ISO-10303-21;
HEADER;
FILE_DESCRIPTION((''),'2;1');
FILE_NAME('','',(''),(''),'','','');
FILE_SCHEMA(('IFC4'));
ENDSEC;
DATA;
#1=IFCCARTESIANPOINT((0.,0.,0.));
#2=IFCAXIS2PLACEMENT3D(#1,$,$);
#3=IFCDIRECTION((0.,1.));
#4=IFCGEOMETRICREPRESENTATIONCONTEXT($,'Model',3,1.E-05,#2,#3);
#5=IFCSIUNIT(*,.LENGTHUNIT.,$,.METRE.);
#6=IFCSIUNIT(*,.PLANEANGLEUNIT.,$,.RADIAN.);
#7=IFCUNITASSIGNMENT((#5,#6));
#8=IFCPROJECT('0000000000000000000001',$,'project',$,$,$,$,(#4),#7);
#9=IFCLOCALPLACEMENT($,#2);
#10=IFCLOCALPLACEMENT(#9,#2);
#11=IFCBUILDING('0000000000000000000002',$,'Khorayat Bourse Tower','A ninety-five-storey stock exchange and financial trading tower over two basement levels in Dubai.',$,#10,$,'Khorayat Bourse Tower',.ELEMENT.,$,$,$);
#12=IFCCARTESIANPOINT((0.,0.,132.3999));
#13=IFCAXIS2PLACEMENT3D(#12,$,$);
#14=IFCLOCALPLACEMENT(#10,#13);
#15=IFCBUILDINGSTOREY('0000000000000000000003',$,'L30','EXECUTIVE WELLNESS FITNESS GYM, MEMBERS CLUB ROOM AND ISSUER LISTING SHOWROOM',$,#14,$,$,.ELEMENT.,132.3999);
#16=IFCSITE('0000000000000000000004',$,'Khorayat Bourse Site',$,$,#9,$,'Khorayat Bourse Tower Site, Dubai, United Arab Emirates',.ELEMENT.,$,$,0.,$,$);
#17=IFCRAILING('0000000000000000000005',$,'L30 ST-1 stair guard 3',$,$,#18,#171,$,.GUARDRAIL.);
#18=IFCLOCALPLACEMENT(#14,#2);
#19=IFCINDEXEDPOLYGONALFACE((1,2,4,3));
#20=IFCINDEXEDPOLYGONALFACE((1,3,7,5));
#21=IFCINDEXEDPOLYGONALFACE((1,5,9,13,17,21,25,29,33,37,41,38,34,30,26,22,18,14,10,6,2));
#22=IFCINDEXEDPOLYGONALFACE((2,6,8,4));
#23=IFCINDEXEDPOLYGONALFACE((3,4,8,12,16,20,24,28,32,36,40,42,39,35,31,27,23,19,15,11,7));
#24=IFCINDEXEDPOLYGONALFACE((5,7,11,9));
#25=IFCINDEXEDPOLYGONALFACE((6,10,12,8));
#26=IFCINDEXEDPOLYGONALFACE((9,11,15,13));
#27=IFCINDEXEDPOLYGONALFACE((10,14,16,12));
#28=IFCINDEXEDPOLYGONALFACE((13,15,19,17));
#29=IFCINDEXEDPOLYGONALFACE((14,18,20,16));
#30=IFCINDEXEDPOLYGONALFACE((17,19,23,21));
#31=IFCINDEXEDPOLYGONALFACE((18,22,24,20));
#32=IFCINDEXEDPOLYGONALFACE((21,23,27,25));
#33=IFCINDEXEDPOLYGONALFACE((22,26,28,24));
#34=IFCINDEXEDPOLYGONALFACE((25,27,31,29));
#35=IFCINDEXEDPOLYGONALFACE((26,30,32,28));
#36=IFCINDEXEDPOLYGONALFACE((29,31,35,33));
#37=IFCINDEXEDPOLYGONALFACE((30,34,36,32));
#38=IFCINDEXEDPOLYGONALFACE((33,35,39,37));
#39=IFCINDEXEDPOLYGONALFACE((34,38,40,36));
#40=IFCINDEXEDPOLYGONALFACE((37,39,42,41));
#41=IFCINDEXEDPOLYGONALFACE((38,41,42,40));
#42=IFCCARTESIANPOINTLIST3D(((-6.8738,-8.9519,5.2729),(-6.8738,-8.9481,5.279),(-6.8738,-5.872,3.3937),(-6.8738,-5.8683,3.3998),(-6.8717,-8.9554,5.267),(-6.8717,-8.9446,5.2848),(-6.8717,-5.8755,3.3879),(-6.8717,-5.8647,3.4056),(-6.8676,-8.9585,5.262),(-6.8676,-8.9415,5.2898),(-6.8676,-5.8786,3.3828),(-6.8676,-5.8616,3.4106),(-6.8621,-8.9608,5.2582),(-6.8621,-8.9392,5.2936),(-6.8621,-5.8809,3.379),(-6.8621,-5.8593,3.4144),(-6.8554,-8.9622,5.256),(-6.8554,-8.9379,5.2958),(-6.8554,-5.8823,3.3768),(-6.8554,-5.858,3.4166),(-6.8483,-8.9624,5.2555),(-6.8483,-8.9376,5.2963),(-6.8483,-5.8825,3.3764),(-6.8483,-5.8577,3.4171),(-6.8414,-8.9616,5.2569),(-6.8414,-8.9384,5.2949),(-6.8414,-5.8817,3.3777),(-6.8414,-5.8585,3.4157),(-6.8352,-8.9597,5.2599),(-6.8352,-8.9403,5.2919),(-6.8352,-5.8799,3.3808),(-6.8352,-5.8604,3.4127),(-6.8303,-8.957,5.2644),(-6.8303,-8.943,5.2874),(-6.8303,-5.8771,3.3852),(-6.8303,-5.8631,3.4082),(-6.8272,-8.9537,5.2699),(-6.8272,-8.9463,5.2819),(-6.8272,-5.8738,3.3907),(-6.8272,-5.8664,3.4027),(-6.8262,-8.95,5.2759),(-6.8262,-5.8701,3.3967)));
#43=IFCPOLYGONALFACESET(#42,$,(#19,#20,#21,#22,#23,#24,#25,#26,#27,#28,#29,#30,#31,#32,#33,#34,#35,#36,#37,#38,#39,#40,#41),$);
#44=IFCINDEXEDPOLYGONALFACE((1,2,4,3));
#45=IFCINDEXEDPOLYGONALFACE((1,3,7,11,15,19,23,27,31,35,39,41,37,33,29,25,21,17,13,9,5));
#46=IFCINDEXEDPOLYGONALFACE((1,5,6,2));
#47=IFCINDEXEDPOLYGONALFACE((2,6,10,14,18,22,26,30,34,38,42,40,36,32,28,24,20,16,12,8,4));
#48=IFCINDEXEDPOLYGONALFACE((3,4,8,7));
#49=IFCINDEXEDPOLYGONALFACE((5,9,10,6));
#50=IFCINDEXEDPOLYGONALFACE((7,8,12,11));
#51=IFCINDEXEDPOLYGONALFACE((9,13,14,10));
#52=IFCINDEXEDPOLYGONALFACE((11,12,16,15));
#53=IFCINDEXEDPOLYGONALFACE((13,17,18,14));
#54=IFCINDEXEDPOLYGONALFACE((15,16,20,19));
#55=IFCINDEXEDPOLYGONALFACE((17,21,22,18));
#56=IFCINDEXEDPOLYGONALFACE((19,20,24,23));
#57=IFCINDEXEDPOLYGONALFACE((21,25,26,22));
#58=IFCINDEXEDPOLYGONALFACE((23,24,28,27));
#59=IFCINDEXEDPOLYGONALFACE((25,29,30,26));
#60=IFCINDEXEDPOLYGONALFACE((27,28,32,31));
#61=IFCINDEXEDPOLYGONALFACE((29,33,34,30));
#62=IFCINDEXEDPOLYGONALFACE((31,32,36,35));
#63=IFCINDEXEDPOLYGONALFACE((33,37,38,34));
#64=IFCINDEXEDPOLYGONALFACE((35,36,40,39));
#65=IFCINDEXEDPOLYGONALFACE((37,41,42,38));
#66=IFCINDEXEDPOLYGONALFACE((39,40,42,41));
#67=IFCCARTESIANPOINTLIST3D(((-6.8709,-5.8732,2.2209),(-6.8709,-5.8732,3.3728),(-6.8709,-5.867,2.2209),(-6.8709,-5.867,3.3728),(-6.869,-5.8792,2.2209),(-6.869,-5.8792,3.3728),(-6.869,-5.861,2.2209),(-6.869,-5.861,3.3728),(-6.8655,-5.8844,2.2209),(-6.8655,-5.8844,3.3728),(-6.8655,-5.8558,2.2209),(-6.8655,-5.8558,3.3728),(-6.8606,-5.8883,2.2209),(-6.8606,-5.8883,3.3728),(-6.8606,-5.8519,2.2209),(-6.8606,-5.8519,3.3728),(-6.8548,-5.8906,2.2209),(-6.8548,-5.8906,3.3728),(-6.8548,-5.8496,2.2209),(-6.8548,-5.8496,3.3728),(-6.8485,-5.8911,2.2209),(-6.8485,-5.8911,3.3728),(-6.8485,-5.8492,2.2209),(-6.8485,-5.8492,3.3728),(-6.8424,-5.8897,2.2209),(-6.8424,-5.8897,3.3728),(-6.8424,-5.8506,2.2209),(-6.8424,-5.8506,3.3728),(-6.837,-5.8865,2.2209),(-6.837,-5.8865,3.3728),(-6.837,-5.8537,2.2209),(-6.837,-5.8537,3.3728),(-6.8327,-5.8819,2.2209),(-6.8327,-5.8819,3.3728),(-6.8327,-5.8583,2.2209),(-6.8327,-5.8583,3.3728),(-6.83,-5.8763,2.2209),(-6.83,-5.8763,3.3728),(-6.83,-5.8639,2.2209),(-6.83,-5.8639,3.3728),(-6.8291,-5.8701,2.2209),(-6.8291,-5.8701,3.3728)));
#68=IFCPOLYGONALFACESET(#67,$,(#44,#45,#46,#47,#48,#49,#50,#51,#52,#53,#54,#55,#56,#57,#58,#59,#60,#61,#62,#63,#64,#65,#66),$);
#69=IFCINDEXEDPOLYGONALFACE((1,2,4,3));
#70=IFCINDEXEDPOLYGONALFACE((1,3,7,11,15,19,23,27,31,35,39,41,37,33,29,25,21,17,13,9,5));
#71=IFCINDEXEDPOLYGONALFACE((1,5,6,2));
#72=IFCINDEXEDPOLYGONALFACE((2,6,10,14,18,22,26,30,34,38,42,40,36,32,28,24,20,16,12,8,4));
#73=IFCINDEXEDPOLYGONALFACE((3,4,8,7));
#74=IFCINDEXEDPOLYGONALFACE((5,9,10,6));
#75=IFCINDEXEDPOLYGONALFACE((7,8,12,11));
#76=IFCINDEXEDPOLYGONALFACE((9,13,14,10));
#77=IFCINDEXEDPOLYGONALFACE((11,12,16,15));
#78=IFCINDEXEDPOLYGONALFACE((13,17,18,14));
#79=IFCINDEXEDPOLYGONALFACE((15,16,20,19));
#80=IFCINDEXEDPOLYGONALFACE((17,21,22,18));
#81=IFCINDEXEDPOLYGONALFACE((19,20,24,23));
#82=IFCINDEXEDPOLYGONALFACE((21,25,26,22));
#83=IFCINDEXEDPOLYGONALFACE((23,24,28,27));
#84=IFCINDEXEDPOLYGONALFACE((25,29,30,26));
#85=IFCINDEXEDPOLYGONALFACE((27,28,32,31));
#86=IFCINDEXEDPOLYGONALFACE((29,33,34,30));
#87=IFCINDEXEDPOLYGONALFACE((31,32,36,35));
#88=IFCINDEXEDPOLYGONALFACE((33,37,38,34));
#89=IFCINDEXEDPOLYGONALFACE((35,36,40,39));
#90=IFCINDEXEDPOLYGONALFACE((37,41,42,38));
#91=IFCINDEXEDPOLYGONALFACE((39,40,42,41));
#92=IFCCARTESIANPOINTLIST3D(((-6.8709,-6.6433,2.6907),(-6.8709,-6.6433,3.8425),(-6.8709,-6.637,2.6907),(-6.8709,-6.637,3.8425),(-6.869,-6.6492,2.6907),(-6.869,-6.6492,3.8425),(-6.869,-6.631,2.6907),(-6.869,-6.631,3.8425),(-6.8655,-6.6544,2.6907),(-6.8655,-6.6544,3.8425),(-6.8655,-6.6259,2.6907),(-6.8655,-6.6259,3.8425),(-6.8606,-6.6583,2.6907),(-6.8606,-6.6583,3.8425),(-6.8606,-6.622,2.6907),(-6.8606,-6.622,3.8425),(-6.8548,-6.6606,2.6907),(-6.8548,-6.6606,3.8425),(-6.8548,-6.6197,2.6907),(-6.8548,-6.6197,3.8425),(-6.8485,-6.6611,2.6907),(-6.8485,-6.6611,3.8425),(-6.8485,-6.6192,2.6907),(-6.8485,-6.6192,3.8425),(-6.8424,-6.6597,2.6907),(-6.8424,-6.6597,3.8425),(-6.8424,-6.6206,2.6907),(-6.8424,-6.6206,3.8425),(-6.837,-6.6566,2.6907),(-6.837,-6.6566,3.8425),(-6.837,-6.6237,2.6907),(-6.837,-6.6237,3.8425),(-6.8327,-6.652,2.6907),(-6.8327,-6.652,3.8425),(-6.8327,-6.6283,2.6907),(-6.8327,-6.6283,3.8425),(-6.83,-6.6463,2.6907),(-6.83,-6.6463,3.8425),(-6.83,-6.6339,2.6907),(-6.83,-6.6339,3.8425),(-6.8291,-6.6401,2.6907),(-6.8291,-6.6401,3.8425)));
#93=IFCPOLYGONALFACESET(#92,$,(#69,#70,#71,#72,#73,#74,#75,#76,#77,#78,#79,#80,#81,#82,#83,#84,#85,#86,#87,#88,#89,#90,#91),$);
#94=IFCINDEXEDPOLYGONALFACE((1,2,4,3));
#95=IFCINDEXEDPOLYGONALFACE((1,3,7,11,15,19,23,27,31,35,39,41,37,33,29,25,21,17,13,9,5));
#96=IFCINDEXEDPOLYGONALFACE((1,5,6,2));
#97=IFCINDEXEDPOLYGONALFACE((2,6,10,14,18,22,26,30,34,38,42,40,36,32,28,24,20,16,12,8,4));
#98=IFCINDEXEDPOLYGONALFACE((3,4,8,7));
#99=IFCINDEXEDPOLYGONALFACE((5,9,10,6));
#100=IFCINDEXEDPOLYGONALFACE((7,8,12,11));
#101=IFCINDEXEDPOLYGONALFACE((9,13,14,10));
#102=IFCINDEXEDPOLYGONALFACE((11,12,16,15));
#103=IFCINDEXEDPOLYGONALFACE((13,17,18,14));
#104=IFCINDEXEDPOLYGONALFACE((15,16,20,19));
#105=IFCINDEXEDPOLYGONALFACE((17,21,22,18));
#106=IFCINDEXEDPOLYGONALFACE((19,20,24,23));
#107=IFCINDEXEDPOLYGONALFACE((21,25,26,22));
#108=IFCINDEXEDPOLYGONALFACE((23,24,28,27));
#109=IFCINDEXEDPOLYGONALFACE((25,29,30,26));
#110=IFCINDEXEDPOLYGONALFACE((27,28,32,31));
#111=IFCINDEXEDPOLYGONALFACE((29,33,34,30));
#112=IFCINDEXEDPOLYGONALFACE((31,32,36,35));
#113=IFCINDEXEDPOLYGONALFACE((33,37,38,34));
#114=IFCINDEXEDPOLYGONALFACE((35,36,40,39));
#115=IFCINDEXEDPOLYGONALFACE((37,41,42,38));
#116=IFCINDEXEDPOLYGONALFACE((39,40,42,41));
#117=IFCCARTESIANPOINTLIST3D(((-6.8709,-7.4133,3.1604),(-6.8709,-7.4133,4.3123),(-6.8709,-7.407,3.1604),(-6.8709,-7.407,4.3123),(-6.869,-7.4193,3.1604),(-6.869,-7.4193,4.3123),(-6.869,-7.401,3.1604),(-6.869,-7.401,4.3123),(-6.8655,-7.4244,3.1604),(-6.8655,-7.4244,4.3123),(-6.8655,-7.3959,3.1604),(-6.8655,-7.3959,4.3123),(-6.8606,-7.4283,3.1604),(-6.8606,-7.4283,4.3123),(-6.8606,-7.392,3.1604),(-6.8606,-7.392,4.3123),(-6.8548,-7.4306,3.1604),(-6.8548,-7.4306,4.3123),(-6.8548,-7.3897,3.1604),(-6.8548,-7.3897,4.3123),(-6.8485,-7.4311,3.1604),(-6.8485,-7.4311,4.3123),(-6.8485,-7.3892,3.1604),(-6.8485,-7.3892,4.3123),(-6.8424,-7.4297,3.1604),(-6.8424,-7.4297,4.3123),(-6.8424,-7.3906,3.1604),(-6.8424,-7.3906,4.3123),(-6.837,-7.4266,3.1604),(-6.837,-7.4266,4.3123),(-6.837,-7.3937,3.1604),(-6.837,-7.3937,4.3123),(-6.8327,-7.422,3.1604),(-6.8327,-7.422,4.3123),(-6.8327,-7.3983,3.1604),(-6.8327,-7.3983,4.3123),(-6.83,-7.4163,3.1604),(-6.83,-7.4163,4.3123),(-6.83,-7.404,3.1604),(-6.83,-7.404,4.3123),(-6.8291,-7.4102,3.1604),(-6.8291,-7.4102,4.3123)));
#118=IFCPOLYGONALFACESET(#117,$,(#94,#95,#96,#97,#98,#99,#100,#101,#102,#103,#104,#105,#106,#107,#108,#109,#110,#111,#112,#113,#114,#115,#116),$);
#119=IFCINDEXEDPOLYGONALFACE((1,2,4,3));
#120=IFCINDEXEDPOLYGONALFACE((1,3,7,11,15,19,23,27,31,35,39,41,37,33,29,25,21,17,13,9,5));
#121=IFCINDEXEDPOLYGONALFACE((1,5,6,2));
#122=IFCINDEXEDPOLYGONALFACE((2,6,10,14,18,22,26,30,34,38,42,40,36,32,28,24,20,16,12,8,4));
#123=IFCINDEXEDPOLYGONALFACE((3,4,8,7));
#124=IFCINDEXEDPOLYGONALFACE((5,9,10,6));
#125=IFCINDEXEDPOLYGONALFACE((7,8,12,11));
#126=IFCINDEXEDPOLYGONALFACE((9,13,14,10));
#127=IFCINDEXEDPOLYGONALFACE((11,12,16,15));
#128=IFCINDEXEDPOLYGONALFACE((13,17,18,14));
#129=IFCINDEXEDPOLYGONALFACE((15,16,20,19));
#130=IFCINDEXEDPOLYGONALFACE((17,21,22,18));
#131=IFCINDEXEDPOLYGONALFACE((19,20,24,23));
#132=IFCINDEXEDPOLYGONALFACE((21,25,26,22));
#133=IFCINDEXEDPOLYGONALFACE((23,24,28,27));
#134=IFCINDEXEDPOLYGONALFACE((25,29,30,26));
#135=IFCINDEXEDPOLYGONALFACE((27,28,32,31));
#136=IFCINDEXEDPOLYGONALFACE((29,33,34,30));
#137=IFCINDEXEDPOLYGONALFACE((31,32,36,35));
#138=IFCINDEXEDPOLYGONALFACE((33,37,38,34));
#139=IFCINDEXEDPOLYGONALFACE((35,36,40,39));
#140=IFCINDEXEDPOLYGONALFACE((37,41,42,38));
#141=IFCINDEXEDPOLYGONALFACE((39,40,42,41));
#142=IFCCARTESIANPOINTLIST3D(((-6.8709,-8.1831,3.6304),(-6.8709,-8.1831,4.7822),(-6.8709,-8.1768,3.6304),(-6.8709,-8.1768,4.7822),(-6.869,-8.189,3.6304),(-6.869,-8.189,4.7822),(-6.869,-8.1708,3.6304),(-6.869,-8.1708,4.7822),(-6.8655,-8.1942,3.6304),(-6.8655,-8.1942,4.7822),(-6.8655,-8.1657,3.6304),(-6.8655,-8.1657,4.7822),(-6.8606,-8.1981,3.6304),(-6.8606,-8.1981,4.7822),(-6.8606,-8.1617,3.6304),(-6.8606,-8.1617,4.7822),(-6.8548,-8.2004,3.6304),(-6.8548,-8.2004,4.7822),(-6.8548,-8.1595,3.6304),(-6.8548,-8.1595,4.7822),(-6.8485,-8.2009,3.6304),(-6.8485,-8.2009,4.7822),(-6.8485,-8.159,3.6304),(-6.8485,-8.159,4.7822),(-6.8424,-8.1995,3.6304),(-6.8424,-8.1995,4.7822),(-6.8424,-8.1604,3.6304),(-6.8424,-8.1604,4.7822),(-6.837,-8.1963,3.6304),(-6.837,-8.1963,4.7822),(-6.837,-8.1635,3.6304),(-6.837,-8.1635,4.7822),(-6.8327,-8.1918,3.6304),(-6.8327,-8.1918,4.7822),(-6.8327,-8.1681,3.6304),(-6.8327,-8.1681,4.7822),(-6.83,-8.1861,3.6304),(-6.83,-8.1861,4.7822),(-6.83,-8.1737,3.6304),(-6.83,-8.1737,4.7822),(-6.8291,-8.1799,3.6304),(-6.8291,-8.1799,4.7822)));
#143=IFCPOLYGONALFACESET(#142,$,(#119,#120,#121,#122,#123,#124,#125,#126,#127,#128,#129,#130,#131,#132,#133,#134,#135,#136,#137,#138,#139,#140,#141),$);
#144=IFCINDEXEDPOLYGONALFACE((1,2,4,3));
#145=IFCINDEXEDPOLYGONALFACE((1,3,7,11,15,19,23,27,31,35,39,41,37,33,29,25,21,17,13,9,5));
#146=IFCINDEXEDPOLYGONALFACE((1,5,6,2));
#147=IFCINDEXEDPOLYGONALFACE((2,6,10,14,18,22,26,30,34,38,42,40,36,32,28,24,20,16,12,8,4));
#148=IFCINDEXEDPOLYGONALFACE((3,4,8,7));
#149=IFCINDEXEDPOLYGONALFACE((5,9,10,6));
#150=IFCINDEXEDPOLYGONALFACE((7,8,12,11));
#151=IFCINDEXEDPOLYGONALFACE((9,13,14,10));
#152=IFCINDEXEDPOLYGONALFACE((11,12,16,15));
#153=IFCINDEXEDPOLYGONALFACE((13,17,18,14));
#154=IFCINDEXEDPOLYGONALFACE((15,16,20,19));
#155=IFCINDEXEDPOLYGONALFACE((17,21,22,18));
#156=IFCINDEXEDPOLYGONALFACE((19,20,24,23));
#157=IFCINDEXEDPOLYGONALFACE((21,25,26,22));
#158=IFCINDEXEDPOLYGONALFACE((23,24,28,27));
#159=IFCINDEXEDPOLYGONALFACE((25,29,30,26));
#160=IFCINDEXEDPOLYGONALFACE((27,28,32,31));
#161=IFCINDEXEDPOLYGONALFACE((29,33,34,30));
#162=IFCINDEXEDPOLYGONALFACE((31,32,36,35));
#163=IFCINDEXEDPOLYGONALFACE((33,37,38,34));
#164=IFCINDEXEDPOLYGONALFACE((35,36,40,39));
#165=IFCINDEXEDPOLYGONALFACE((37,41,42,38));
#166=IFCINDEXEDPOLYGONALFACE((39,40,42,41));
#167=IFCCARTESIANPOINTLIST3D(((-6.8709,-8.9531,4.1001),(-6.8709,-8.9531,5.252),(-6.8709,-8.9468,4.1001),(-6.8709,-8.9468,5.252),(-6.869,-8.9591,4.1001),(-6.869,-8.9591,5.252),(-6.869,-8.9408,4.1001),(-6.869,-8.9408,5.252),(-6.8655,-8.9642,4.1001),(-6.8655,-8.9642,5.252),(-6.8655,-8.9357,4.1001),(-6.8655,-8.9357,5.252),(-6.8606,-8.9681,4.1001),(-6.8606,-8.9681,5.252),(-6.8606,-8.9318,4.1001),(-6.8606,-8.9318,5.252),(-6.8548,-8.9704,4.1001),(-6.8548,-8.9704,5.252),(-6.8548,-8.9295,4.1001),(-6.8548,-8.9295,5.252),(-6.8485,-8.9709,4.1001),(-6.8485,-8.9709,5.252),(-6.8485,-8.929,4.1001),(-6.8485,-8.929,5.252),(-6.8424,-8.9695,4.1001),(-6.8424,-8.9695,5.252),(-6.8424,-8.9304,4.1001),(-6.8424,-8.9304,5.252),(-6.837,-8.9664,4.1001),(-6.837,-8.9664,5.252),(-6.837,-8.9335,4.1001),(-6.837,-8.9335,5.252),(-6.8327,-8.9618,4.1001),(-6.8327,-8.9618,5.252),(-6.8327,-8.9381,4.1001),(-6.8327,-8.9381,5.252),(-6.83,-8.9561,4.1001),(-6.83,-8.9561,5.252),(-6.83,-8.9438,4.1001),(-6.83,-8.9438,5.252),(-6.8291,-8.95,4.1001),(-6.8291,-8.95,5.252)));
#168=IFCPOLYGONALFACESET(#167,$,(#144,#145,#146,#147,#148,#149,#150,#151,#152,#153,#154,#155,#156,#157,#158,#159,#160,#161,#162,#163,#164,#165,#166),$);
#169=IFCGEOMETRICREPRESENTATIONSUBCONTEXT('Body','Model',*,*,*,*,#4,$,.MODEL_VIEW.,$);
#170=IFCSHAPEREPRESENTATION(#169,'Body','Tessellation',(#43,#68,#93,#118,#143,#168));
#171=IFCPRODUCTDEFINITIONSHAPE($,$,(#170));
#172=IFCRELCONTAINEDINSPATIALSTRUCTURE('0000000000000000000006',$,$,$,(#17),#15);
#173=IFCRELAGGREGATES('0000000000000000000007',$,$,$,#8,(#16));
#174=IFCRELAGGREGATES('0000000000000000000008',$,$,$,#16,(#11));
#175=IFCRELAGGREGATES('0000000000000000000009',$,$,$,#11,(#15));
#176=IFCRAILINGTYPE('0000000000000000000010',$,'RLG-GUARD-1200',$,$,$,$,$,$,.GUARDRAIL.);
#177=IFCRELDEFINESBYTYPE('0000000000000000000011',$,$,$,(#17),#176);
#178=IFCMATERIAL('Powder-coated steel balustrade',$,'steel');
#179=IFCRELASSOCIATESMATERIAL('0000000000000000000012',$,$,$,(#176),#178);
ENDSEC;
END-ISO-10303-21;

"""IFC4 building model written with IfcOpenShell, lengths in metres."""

from ifc_helpers import new_model, si_unit, direction, frame, origin, origin_2d, place, context, subcontext, project, spatial, circle, extrude, source, transform, mapped, material, type_object, element, save


model = new_model("IFC4")

# Units and contexts
model_context = context("Model", 3, precision=1e-05, world=origin(), true_north=direction((0.0, 1.0)))
body_context = subcontext(model_context, "Body", "Model", "MODEL_VIEW")
ifc_project = project(units=[si_unit("LENGTHUNIT", "METRE"), si_unit("PLANEANGLEUNIT", "RADIAN")], contexts=[model_context])

# Site, building, storey
site_placement = place(None, origin())
site = spatial("IfcSite", under=ifc_project, at=site_placement, Name="Khorayat Bourse Site", LongName="Khorayat Bourse Tower Site, Dubai, United Arab Emirates", CompositionType="ELEMENT", RefElevation=0.0)
building_placement = place(site_placement, origin())
building = spatial("IfcBuilding", under=site, at=building_placement, Name="Khorayat Bourse Tower", Description="A ninety-five-storey stock exchange and financial trading tower over two basement levels in Dubai.", LongName="Khorayat Bourse Tower", CompositionType="ELEMENT")
storey_placement = place(building_placement, frame((0.0, 0.0, 132.3999)))
storey = spatial("IfcBuildingStorey", under=building, at=storey_placement, Name="L30", Description="EXECUTIVE WELLNESS FITNESS GYM, MEMBERS CLUB ROOM AND ISSUER LISTING SHOWROOM", CompositionType="ELEMENT", Elevation=132.3999)

# Railing
ifc_material_1 = material(Name="Powder-coated steel balustrade", Category="steel")
railing_type_1 = type_object("IfcRailingType", Name="RLG-GUARD-1200", PredefinedType="GUARDRAIL", material=ifc_material_1)
shared_shape_1 = source(origin(), body_context, "Body", "SweptSolid", [
    extrude(circle(Radius=0.0239, at=origin_2d()), frame((0.0, 0.0, 1.1758), z_axis=(0.0, -0.853648, 0.52085), x_axis=(1.0, 0.0, 0.0)), (0.0, 0.0, 1.0), 3.6079),
    extrude(circle(Radius=0.021, at=origin_2d()), origin(), (0.0, 0.0, 1.0), 1.1519),
    extrude(circle(Radius=0.021, at=origin_2d()), frame((0.0, -0.77, 0.4697)), (0.0, 0.0, 1.0), 1.1519),
    extrude(circle(Radius=0.021, at=origin_2d()), frame((0.0, -1.54, 0.9395)), (0.0, 0.0, 1.0), 1.1519),
    extrude(circle(Radius=0.021, at=origin_2d()), frame((0.0, -2.3098, 1.4094)), (0.0, 0.0, 1.0), 1.1519),
    extrude(circle(Radius=0.021, at=origin_2d()), frame((0.0, -3.0798, 1.8792)), (0.0, 0.0, 1.0), 1.1519),
])
railing_1_placement = place(storey_placement, frame((-6.8501, -5.8701, 2.2209)))
element("IfcRailing", 1, at=railing_1_placement, inside=storey, type_object=railing_type_1, Name="L30 ST-1 stair guard 3", PredefinedType="GUARDRAIL", context=body_context, shape_type="MappedRepresentation", body=[
    mapped(shared_shape_1, transform((0.0, 0.0, 0.0), scale=1.0)),
])

save(model, "model.ifc")
